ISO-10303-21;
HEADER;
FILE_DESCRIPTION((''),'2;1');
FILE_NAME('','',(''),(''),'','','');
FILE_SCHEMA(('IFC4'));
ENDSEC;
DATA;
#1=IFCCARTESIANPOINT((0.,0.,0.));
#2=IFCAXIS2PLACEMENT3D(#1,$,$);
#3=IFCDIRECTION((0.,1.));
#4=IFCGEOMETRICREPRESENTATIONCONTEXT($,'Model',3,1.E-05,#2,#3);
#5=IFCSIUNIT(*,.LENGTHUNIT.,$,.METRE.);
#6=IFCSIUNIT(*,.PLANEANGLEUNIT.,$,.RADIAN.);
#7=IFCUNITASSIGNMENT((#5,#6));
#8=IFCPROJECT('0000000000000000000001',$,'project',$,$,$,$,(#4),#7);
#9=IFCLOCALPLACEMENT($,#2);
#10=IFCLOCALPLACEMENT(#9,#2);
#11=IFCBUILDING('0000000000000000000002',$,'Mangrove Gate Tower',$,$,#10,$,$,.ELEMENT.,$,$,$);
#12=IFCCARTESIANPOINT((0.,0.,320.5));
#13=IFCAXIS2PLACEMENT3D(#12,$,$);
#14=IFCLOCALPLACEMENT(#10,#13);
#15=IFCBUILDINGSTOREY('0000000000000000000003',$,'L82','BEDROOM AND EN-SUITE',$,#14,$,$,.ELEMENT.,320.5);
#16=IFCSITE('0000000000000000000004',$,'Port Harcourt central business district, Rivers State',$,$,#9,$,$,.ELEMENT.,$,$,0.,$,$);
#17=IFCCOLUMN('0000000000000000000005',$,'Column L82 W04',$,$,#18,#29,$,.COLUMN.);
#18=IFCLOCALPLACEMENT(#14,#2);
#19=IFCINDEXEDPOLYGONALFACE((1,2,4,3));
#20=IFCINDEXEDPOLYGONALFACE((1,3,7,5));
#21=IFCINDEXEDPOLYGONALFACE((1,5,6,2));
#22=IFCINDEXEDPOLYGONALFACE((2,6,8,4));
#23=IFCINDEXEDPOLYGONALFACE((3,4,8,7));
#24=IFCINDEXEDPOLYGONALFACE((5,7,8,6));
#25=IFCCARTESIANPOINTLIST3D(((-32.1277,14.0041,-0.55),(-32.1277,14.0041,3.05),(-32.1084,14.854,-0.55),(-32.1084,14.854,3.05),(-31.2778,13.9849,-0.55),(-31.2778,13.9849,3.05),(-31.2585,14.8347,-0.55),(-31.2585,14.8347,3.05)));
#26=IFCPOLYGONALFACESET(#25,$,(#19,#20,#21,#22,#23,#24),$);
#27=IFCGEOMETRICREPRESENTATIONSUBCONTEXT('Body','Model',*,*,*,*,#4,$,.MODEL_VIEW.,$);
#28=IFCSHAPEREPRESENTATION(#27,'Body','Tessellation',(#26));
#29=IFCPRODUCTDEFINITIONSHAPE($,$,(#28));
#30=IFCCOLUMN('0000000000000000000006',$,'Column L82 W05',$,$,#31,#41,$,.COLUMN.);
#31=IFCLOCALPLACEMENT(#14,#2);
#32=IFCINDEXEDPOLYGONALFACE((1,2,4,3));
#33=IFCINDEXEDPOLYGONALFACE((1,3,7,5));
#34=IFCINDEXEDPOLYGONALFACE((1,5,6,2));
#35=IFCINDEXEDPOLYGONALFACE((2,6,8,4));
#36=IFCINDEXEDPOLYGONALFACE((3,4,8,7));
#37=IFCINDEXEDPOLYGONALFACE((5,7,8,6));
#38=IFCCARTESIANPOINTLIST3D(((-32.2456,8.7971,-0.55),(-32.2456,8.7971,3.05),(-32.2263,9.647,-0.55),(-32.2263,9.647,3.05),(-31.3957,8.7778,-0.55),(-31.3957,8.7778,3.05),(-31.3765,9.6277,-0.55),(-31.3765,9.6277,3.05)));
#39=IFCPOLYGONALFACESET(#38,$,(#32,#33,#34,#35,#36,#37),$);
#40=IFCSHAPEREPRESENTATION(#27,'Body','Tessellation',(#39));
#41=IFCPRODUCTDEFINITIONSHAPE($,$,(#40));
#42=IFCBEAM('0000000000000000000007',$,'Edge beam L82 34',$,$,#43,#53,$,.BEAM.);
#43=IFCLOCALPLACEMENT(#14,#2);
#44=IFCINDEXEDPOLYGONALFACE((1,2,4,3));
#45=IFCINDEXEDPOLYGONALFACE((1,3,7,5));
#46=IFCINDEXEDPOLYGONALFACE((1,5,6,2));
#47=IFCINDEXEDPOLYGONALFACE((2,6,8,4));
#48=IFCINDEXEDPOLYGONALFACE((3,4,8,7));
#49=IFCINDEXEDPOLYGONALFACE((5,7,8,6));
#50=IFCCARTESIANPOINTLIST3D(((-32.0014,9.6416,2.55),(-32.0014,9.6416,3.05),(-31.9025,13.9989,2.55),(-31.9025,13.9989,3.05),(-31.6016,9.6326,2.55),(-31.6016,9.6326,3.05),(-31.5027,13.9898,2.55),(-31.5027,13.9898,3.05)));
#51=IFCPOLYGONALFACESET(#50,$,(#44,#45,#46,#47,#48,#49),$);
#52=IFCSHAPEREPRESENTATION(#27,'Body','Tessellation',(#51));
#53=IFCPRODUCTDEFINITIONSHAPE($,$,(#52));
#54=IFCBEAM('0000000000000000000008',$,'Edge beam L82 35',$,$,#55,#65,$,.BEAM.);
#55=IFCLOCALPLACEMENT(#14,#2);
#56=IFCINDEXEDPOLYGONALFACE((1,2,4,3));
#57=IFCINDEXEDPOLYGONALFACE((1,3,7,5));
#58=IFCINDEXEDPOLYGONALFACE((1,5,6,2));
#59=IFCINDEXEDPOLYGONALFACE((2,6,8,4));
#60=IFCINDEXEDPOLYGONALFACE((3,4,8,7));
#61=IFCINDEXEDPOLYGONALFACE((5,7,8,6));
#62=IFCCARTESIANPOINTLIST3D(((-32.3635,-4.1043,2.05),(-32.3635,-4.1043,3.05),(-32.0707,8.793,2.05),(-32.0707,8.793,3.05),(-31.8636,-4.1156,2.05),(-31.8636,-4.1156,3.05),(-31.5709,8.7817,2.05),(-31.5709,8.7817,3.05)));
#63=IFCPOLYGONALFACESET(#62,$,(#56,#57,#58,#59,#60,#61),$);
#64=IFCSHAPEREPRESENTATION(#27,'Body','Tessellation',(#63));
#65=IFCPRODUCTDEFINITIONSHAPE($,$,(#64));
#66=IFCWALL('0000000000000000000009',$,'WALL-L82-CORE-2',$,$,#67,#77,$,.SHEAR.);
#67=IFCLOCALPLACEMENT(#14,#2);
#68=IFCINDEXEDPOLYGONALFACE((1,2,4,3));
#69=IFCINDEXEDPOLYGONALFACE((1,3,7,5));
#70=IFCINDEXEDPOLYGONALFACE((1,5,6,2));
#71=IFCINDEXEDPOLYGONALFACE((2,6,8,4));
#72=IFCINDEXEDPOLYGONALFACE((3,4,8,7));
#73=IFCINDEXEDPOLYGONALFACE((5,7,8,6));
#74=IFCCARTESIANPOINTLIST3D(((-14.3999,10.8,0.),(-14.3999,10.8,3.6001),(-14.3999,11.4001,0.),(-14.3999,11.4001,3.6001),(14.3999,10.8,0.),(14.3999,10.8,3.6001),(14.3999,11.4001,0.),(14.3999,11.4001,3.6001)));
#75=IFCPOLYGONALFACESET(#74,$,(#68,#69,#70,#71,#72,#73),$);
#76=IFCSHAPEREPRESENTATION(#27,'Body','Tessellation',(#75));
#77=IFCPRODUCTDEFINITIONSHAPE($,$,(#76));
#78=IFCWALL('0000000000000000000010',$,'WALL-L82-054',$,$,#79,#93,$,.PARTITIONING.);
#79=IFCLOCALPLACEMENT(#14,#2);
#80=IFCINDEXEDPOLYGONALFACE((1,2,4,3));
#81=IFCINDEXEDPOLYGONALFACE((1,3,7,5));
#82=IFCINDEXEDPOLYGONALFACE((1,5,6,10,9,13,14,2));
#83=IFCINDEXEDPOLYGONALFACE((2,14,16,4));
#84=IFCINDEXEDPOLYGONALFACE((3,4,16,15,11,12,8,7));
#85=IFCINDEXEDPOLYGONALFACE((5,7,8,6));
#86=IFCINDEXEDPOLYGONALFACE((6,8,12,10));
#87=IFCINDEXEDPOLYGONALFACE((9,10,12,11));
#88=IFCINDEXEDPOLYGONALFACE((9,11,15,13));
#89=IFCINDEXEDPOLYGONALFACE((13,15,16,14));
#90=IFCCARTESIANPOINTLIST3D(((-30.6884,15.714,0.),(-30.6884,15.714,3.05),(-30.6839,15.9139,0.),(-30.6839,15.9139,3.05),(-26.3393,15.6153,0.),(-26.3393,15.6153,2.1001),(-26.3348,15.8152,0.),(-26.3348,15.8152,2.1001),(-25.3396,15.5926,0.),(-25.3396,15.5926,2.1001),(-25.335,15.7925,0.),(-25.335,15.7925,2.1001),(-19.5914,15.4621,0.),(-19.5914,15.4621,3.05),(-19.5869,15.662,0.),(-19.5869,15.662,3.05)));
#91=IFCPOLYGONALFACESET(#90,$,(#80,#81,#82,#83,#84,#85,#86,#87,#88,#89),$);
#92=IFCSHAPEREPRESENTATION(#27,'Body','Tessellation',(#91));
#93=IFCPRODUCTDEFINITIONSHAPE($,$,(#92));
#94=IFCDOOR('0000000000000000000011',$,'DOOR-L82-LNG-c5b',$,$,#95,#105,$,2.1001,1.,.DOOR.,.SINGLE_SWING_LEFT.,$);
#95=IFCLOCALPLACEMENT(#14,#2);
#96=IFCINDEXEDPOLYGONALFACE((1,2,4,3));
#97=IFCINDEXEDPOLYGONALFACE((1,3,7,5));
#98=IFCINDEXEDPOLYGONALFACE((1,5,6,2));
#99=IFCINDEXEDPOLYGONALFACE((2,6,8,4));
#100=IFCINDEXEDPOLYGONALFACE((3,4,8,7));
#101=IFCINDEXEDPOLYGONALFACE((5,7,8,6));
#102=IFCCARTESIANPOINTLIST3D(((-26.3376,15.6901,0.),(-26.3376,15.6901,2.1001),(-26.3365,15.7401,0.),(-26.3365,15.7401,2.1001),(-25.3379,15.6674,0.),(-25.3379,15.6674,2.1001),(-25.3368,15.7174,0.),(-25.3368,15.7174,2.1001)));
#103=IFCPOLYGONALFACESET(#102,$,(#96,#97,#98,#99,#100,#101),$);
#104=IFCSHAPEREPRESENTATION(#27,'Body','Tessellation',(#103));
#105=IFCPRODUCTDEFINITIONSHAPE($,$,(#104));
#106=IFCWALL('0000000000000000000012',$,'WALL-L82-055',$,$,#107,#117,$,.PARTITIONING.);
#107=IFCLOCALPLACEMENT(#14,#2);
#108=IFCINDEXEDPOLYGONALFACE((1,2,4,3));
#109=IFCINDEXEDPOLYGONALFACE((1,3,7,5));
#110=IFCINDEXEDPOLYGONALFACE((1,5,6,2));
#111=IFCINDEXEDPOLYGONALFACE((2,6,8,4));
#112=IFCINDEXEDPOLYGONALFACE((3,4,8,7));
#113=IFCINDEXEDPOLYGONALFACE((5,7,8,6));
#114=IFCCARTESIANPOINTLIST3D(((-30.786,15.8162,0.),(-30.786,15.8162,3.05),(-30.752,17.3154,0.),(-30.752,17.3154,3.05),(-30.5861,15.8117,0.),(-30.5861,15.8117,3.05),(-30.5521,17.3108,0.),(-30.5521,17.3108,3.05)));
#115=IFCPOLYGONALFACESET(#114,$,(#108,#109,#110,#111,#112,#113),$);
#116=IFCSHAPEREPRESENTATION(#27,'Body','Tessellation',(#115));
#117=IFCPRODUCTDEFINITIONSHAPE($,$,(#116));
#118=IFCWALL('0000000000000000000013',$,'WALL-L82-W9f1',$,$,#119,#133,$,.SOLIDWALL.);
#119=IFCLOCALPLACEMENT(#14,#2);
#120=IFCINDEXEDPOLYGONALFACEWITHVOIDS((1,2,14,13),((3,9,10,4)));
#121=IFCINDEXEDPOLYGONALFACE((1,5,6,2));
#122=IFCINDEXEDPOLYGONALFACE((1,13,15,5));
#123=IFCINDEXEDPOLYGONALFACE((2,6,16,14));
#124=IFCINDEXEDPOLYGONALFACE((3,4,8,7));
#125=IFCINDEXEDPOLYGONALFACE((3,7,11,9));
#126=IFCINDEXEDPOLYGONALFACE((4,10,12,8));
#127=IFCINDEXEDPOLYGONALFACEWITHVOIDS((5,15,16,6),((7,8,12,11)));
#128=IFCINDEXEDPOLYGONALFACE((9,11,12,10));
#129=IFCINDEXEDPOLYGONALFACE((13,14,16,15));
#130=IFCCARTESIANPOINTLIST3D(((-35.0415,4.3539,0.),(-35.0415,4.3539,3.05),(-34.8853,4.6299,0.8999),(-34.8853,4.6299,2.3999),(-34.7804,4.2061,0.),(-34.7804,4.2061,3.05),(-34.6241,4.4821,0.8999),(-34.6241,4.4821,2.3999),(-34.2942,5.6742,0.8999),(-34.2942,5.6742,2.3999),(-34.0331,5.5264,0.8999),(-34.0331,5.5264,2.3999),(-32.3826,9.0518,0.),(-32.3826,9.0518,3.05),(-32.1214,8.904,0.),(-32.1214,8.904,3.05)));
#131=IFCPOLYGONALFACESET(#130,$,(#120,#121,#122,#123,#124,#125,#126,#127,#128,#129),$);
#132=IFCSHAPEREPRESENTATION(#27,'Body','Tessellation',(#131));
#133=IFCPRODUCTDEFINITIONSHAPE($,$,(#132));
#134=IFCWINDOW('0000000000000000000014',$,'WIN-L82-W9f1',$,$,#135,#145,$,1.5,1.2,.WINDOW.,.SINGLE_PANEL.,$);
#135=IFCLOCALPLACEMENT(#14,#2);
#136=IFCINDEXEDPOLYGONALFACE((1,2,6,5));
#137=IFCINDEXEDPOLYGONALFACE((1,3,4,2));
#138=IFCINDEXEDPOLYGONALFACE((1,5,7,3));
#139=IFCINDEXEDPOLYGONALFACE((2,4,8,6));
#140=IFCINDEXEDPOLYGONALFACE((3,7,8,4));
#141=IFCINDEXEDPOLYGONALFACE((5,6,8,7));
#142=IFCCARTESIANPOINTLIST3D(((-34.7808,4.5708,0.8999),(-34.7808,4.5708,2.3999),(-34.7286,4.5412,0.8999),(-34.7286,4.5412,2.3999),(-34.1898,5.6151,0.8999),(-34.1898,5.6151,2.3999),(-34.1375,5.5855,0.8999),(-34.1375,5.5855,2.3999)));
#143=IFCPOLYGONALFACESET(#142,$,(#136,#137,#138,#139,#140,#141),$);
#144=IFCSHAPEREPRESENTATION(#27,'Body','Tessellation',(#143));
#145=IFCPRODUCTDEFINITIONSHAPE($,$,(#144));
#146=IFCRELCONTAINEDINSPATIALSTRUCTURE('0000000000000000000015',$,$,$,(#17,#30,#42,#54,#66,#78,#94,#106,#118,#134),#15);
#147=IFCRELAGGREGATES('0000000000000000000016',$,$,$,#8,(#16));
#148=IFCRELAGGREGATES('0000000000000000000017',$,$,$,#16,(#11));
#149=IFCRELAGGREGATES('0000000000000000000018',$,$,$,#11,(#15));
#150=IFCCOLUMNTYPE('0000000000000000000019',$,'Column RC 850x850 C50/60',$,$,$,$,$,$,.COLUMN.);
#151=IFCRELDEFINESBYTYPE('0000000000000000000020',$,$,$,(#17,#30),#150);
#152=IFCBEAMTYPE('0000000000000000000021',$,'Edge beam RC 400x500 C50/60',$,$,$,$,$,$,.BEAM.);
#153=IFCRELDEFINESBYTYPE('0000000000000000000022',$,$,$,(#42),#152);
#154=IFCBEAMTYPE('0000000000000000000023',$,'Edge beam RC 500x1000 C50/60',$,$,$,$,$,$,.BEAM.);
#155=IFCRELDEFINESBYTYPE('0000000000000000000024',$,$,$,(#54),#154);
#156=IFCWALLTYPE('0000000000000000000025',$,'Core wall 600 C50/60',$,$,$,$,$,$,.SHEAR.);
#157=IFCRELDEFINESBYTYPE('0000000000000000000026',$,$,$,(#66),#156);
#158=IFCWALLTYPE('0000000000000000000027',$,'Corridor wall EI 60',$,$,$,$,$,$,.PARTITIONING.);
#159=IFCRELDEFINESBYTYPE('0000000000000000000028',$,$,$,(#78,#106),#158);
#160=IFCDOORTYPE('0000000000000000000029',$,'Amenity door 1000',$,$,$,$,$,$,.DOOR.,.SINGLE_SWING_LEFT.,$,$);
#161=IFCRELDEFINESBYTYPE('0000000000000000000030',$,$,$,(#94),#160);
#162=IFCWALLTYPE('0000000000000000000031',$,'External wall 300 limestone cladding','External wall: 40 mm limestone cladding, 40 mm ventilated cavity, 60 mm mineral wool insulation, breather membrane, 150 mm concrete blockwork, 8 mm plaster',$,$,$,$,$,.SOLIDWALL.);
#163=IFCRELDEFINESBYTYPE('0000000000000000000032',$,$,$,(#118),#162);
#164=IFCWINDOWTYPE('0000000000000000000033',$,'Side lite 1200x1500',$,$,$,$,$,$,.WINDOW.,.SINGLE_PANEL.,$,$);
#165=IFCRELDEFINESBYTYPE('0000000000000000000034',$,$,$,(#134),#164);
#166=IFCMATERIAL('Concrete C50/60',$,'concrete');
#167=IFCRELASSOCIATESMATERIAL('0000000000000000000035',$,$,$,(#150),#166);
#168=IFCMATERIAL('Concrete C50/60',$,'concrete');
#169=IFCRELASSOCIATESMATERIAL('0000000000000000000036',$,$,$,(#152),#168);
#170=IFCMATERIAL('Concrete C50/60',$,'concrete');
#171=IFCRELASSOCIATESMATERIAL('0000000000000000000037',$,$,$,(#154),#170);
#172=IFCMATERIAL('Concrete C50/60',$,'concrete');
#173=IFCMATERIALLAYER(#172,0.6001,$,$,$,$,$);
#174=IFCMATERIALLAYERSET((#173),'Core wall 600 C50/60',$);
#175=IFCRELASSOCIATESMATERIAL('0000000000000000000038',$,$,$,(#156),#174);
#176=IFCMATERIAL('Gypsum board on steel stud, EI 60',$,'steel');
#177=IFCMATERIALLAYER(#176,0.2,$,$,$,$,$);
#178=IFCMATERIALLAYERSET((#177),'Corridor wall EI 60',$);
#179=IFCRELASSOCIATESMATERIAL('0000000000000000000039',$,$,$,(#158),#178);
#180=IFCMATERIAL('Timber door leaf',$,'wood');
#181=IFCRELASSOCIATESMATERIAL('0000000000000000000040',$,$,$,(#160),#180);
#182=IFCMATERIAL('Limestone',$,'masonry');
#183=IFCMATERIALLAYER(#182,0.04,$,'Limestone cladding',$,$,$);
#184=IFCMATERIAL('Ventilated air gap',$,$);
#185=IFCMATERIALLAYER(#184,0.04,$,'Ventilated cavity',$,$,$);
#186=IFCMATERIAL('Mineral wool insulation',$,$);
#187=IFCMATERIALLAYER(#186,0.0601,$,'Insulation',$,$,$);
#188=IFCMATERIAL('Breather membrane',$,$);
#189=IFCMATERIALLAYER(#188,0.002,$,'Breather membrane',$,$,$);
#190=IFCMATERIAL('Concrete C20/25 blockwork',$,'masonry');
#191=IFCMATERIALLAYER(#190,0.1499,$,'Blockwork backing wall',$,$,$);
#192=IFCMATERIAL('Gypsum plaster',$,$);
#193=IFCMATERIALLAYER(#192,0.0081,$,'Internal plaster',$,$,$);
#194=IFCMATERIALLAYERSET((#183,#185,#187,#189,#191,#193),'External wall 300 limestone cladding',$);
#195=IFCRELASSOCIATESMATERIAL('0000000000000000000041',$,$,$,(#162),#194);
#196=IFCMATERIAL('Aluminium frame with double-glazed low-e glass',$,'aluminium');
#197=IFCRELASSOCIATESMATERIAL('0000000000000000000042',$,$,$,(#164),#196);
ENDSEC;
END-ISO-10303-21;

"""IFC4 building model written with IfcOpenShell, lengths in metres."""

from ifc_helpers import new_model, si_unit, direction, frame, frame_2d, origin, origin_2d, place, context, subcontext, project, spatial, rectangle, extrude, material, layer, layer_set, material_profile, profile_set, type_object, element, fill, save


model = new_model("IFC4")

# Units and contexts
model_context = context("Model", 3, precision=1e-05, world=origin(), true_north=direction((0.0, 1.0)))
body_context = subcontext(model_context, "Body", "Model", "MODEL_VIEW")
ifc_project = project(units=[si_unit("LENGTHUNIT", "METRE"), si_unit("PLANEANGLEUNIT", "RADIAN")], contexts=[model_context])

# Site, building, storey
site_placement = place(None, origin())
site = spatial("IfcSite", under=ifc_project, at=site_placement, Name="Port Harcourt central business district, Rivers State", CompositionType="ELEMENT", RefElevation=0.0)
building_placement = place(site_placement, origin())
building = spatial("IfcBuilding", under=site, at=building_placement, Name="Mangrove Gate Tower", CompositionType="ELEMENT")
storey_placement = place(building_placement, frame((0.0, 0.0, 320.5)))
storey = spatial("IfcBuildingStorey", under=building, at=storey_placement, Name="L82", Description="BEDROOM AND EN-SUITE", CompositionType="ELEMENT", Elevation=320.5)

# Columns
ifc_material_1 = material(Name="Concrete C50/60", Category="concrete")
ifc_material_profile_1 = material_profile(ifc_material_1, rectangle(XDim=0.8501, YDim=0.8501, at=origin_2d()))
ifc_profile_set_1 = profile_set([ifc_material_profile_1], Name="Concrete C50/60")
column_type = type_object("IfcColumnType", Name="Column RC 850x850 C50/60", PredefinedType="COLUMN", material=ifc_profile_set_1)
for number, where, z_axis, x_axis, name in (
    (1, (-31.6931, 14.4194, -0.55), (0.0, 0.0, 1.0), (-0.022656, -0.999743, 0.0), "Column L82 W04"),
    (2, (-31.811, 9.2124, -0.55), (0.0, 0.0, 1.0), (-0.022681, -0.999743, 0.0), "Column L82 W05"),
):
    element("IfcColumn", number, at=place(storey_placement, frame(where, z_axis=z_axis, x_axis=x_axis)), inside=storey, type_object=column_type, Name=name, PredefinedType="COLUMN", context=body_context, shape_type="SweptSolid", body=[
        extrude(rectangle(XDim=0.8501, YDim=0.8501, at=origin_2d()), origin(), (0.0, 0.0, 1.0), 3.6001),
    ])

# Beams
ifc_material_2 = material(Name="Concrete C50/60", Category="concrete")
ifc_material_profile_2 = material_profile(ifc_material_2, rectangle(XDim=0.3999, YDim=0.5, at=origin_2d()))
ifc_profile_set_2 = profile_set([ifc_material_profile_2], Name="Concrete C50/60")
beam_type_1 = type_object("IfcBeamType", Name="Edge beam RC 400x500 C50/60", PredefinedType="BEAM", material=ifc_profile_set_2)
beam_1_placement = place(storey_placement, frame((-31.7026, 13.9944, 2.8), z_axis=(-0.022687, -0.999743, 0.0), x_axis=(0.999743, -0.022687, 0.0)))
element("IfcBeam", 3, at=beam_1_placement, inside=storey, type_object=beam_type_1, Name="Edge beam L82 34", PredefinedType="BEAM", context=body_context, shape_type="SweptSolid", body=[
    extrude(rectangle(XDim=0.3999, YDim=0.5, at=origin_2d()), origin(), (0.0, 0.0, 1.0), 4.3584),
])
ifc_material_3 = material(Name="Concrete C50/60", Category="concrete")
ifc_material_profile_3 = material_profile(ifc_material_3, rectangle(XDim=0.5, YDim=1.0, at=origin_2d()))
ifc_profile_set_3 = profile_set([ifc_material_profile_3], Name="Concrete C50/60")
beam_type_2 = type_object("IfcBeamType", Name="Edge beam RC 500x1000 C50/60", PredefinedType="BEAM", material=ifc_profile_set_3)
beam_2_placement = place(storey_placement, frame((-31.8208, 8.7874, 2.55), z_axis=(-0.022691, -0.999743, 0.0), x_axis=(0.999743, -0.022691, 0.0)))
element("IfcBeam", 4, at=beam_2_placement, inside=storey, type_object=beam_type_2, Name="Edge beam L82 35", PredefinedType="BEAM", context=body_context, shape_type="SweptSolid", body=[
    extrude(rectangle(XDim=0.5, YDim=1.0, at=origin_2d()), origin(), (0.0, 0.0, 1.0), 12.9006),
])

# Wall
ifc_material_4 = material(Name="Concrete C50/60", Category="concrete")
ifc_layer_1 = layer(ifc_material_4, 0.6001)
ifc_layer_set_1 = layer_set([ifc_layer_1], Name="Core wall 600 C50/60")
wall_type_1 = type_object("IfcWallType", Name="Core wall 600 C50/60", PredefinedType="SHEAR", material=ifc_layer_set_1)
wall_1_placement = place(storey_placement, frame((-14.3999, 11.1001, 0.0), z_axis=(0.0, 0.0, 1.0), x_axis=(1.0, 0.0, 0.0)))
element("IfcWall", 5, at=wall_1_placement, inside=storey, type_object=wall_type_1, Name="WALL-L82-CORE-2", PredefinedType="SHEAR", context=body_context, shape_type="SweptSolid", body=[
    extrude(rectangle(XDim=28.7998, YDim=0.6001, at=frame_2d((14.3999, 0.0))), origin(), (0.0, 0.0, 1.0), 3.6001),
])

# Wall, opening, door
ifc_material_5 = material(Name="Gypsum board on steel stud, EI 60", Category="steel")
ifc_layer_2 = layer(ifc_material_5, 0.2)
ifc_layer_set_2 = layer_set([ifc_layer_2], Name="Corridor wall EI 60")
wall_type_2 = type_object("IfcWallType", Name="Corridor wall EI 60", PredefinedType="PARTITIONING", material=ifc_layer_set_2)
wall_2_placement = place(storey_placement, frame((-30.686, 15.814, 0.0), z_axis=(0.0, 0.0, 1.0), x_axis=(0.999742, -0.022699, 0.0)))
wall_2 = element("IfcWall", 6, at=wall_2_placement, inside=storey, type_object=wall_type_2, Name="WALL-L82-054", PredefinedType="PARTITIONING", context=body_context, shape_type="SweptSolid", body=[
    extrude(rectangle(XDim=11.0999, YDim=0.2, at=frame_2d((5.5498, 0.0))), origin(), (0.0, 0.0, 1.0), 3.05),
])
opening_1_placement = place(wall_2_placement, frame((4.3501, 0.0, 0.0)))
opening_1 = element("IfcOpeningElement", 7, at=opening_1_placement, cuts=wall_2, PredefinedType="OPENING", context=body_context, shape_type="SweptSolid", body=[
    extrude(rectangle(XDim=1.0, YDim=2.1001, at=frame_2d((0.5, 1.05))), frame((0.0, 0.1099, 0.0), z_axis=(0.0, -1.0, 0.0), x_axis=(1.0, 0.0, 0.0)), (0.0, 0.0, 1.0), 0.22),
])
ifc_material_6 = material(Name="Timber door leaf", Category="wood")
door_type_1 = type_object("IfcDoorType", Name="Amenity door 1000", OperationType="SINGLE_SWING_LEFT", PredefinedType="DOOR", material=ifc_material_6)
door_1_placement = place(opening_1_placement, origin())
door_1 = element("IfcDoor", 8, at=door_1_placement, inside=storey, type_object=door_type_1, Name="DOOR-L82-LNG-c5b", OperationType="SINGLE_SWING_LEFT", OverallHeight=2.1001, OverallWidth=1.0, PredefinedType="DOOR", context=body_context, shape_type="SweptSolid", body=[
    extrude(rectangle(XDim=1.0, YDim=2.1001, at=frame_2d((0.5, 1.05))), frame((0.0, 0.0249, 0.0), z_axis=(0.0, -1.0, 0.0), x_axis=(1.0, 0.0, 0.0)), (0.0, 0.0, 1.0), 0.05),
])
fill(opening_1, door_1)

# Wall
wall_3_placement = place(storey_placement, frame((-30.686, 15.814, 0.0), z_axis=(0.0, 0.0, 1.0), x_axis=(0.022633, 0.999744, 0.0)))
element("IfcWall", 9, at=wall_3_placement, inside=storey, type_object=wall_type_2, Name="WALL-L82-055", PredefinedType="PARTITIONING", context=body_context, shape_type="SweptSolid", body=[
    extrude(rectangle(XDim=1.4995, YDim=0.2, at=frame_2d((0.7498, 0.0))), origin(), (0.0, 0.0, 1.0), 3.05),
])

# Wall, opening, window
ifc_material_7 = material(Name="Limestone", Category="masonry")
ifc_layer_3 = layer(ifc_material_7, 0.04, Name="Limestone cladding")
ifc_material_8 = material(Name="Ventilated air gap")
ifc_layer_4 = layer(ifc_material_8, 0.04, Name="Ventilated cavity")
ifc_material_9 = material(Name="Mineral wool insulation")
ifc_layer_5 = layer(ifc_material_9, 0.0601, Name="Insulation")
ifc_material_10 = material(Name="Breather membrane")
ifc_layer_6 = layer(ifc_material_10, 0.002, Name="Breather membrane")
ifc_material_11 = material(Name="Concrete C20/25 blockwork", Category="masonry")
ifc_layer_7 = layer(ifc_material_11, 0.1499, Name="Blockwork backing wall")
ifc_material_12 = material(Name="Gypsum plaster")
ifc_layer_8 = layer(ifc_material_12, 0.0081, Name="Internal plaster")
ifc_layer_set_3 = layer_set([ifc_layer_3, ifc_layer_4, ifc_layer_5, ifc_layer_6, ifc_layer_7, ifc_layer_8], Name="External wall 300 limestone cladding")
wall_type_3 = type_object("IfcWallType", Name="External wall 300 limestone cladding", Description="External wall: 40 mm limestone cladding, 40 mm ventilated cavity, 60 mm mineral wool insulation, breather membrane, 150 mm concrete blockwork, 8 mm plaster", PredefinedType="SOLIDWALL", material=ifc_layer_set_3)
wall_4_placement = place(storey_placement, frame((-32.252, 8.978, 0.0), z_axis=(0.0, 0.0, 1.0), x_axis=(-0.492555, -0.870281, 0.0)))
wall_4 = element("IfcWall", 10, at=wall_4_placement, inside=storey, type_object=wall_type_3, Name="WALL-L82-W9f1", PredefinedType="SOLIDWALL", context=body_context, shape_type="SweptSolid", body=[
    extrude(rectangle(XDim=5.3982, YDim=0.3, at=frame_2d((2.6992, 0.0))), origin(), (0.0, 0.0, 1.0), 3.05),
])
opening_2_placement = place(wall_4_placement, frame((3.8811, 0.0, 0.8999)))
opening_2 = element("IfcOpeningElement", 11, at=opening_2_placement, cuts=wall_4, PredefinedType="OPENING", context=body_context, shape_type="SweptSolid", body=[
    extrude(rectangle(XDim=1.2, YDim=1.5, at=frame_2d((0.6001, 0.75))), frame((0.0, 0.1599, 0.0), z_axis=(0.0, -1.0, 0.0), x_axis=(1.0, 0.0, 0.0)), (0.0, 0.0, 1.0), 0.3201),
])
ifc_material_13 = material(Name="Aluminium frame with double-glazed low-e glass", Category="aluminium")
window_type_1 = type_object("IfcWindowType", Name="Side lite 1200x1500", PartitioningType="SINGLE_PANEL", PredefinedType="WINDOW", material=ifc_material_13)
window_1_placement = place(opening_2_placement, origin())
window_1 = element("IfcWindow", 12, at=window_1_placement, inside=storey, type_object=window_type_1, Name="WIN-L82-W9f1", OverallHeight=1.5, OverallWidth=1.2, PartitioningType="SINGLE_PANEL", PredefinedType="WINDOW", context=body_context, shape_type="SweptSolid", body=[
    extrude(rectangle(XDim=1.2, YDim=1.5, at=frame_2d((0.6001, 0.75))), frame((0.0, 0.03, 0.0), z_axis=(0.0, -1.0, 0.0), x_axis=(1.0, 0.0, 0.0)), (0.0, 0.0, 1.0), 0.0601),
])
fill(opening_2, window_1)

save(model, "model.ifc")
